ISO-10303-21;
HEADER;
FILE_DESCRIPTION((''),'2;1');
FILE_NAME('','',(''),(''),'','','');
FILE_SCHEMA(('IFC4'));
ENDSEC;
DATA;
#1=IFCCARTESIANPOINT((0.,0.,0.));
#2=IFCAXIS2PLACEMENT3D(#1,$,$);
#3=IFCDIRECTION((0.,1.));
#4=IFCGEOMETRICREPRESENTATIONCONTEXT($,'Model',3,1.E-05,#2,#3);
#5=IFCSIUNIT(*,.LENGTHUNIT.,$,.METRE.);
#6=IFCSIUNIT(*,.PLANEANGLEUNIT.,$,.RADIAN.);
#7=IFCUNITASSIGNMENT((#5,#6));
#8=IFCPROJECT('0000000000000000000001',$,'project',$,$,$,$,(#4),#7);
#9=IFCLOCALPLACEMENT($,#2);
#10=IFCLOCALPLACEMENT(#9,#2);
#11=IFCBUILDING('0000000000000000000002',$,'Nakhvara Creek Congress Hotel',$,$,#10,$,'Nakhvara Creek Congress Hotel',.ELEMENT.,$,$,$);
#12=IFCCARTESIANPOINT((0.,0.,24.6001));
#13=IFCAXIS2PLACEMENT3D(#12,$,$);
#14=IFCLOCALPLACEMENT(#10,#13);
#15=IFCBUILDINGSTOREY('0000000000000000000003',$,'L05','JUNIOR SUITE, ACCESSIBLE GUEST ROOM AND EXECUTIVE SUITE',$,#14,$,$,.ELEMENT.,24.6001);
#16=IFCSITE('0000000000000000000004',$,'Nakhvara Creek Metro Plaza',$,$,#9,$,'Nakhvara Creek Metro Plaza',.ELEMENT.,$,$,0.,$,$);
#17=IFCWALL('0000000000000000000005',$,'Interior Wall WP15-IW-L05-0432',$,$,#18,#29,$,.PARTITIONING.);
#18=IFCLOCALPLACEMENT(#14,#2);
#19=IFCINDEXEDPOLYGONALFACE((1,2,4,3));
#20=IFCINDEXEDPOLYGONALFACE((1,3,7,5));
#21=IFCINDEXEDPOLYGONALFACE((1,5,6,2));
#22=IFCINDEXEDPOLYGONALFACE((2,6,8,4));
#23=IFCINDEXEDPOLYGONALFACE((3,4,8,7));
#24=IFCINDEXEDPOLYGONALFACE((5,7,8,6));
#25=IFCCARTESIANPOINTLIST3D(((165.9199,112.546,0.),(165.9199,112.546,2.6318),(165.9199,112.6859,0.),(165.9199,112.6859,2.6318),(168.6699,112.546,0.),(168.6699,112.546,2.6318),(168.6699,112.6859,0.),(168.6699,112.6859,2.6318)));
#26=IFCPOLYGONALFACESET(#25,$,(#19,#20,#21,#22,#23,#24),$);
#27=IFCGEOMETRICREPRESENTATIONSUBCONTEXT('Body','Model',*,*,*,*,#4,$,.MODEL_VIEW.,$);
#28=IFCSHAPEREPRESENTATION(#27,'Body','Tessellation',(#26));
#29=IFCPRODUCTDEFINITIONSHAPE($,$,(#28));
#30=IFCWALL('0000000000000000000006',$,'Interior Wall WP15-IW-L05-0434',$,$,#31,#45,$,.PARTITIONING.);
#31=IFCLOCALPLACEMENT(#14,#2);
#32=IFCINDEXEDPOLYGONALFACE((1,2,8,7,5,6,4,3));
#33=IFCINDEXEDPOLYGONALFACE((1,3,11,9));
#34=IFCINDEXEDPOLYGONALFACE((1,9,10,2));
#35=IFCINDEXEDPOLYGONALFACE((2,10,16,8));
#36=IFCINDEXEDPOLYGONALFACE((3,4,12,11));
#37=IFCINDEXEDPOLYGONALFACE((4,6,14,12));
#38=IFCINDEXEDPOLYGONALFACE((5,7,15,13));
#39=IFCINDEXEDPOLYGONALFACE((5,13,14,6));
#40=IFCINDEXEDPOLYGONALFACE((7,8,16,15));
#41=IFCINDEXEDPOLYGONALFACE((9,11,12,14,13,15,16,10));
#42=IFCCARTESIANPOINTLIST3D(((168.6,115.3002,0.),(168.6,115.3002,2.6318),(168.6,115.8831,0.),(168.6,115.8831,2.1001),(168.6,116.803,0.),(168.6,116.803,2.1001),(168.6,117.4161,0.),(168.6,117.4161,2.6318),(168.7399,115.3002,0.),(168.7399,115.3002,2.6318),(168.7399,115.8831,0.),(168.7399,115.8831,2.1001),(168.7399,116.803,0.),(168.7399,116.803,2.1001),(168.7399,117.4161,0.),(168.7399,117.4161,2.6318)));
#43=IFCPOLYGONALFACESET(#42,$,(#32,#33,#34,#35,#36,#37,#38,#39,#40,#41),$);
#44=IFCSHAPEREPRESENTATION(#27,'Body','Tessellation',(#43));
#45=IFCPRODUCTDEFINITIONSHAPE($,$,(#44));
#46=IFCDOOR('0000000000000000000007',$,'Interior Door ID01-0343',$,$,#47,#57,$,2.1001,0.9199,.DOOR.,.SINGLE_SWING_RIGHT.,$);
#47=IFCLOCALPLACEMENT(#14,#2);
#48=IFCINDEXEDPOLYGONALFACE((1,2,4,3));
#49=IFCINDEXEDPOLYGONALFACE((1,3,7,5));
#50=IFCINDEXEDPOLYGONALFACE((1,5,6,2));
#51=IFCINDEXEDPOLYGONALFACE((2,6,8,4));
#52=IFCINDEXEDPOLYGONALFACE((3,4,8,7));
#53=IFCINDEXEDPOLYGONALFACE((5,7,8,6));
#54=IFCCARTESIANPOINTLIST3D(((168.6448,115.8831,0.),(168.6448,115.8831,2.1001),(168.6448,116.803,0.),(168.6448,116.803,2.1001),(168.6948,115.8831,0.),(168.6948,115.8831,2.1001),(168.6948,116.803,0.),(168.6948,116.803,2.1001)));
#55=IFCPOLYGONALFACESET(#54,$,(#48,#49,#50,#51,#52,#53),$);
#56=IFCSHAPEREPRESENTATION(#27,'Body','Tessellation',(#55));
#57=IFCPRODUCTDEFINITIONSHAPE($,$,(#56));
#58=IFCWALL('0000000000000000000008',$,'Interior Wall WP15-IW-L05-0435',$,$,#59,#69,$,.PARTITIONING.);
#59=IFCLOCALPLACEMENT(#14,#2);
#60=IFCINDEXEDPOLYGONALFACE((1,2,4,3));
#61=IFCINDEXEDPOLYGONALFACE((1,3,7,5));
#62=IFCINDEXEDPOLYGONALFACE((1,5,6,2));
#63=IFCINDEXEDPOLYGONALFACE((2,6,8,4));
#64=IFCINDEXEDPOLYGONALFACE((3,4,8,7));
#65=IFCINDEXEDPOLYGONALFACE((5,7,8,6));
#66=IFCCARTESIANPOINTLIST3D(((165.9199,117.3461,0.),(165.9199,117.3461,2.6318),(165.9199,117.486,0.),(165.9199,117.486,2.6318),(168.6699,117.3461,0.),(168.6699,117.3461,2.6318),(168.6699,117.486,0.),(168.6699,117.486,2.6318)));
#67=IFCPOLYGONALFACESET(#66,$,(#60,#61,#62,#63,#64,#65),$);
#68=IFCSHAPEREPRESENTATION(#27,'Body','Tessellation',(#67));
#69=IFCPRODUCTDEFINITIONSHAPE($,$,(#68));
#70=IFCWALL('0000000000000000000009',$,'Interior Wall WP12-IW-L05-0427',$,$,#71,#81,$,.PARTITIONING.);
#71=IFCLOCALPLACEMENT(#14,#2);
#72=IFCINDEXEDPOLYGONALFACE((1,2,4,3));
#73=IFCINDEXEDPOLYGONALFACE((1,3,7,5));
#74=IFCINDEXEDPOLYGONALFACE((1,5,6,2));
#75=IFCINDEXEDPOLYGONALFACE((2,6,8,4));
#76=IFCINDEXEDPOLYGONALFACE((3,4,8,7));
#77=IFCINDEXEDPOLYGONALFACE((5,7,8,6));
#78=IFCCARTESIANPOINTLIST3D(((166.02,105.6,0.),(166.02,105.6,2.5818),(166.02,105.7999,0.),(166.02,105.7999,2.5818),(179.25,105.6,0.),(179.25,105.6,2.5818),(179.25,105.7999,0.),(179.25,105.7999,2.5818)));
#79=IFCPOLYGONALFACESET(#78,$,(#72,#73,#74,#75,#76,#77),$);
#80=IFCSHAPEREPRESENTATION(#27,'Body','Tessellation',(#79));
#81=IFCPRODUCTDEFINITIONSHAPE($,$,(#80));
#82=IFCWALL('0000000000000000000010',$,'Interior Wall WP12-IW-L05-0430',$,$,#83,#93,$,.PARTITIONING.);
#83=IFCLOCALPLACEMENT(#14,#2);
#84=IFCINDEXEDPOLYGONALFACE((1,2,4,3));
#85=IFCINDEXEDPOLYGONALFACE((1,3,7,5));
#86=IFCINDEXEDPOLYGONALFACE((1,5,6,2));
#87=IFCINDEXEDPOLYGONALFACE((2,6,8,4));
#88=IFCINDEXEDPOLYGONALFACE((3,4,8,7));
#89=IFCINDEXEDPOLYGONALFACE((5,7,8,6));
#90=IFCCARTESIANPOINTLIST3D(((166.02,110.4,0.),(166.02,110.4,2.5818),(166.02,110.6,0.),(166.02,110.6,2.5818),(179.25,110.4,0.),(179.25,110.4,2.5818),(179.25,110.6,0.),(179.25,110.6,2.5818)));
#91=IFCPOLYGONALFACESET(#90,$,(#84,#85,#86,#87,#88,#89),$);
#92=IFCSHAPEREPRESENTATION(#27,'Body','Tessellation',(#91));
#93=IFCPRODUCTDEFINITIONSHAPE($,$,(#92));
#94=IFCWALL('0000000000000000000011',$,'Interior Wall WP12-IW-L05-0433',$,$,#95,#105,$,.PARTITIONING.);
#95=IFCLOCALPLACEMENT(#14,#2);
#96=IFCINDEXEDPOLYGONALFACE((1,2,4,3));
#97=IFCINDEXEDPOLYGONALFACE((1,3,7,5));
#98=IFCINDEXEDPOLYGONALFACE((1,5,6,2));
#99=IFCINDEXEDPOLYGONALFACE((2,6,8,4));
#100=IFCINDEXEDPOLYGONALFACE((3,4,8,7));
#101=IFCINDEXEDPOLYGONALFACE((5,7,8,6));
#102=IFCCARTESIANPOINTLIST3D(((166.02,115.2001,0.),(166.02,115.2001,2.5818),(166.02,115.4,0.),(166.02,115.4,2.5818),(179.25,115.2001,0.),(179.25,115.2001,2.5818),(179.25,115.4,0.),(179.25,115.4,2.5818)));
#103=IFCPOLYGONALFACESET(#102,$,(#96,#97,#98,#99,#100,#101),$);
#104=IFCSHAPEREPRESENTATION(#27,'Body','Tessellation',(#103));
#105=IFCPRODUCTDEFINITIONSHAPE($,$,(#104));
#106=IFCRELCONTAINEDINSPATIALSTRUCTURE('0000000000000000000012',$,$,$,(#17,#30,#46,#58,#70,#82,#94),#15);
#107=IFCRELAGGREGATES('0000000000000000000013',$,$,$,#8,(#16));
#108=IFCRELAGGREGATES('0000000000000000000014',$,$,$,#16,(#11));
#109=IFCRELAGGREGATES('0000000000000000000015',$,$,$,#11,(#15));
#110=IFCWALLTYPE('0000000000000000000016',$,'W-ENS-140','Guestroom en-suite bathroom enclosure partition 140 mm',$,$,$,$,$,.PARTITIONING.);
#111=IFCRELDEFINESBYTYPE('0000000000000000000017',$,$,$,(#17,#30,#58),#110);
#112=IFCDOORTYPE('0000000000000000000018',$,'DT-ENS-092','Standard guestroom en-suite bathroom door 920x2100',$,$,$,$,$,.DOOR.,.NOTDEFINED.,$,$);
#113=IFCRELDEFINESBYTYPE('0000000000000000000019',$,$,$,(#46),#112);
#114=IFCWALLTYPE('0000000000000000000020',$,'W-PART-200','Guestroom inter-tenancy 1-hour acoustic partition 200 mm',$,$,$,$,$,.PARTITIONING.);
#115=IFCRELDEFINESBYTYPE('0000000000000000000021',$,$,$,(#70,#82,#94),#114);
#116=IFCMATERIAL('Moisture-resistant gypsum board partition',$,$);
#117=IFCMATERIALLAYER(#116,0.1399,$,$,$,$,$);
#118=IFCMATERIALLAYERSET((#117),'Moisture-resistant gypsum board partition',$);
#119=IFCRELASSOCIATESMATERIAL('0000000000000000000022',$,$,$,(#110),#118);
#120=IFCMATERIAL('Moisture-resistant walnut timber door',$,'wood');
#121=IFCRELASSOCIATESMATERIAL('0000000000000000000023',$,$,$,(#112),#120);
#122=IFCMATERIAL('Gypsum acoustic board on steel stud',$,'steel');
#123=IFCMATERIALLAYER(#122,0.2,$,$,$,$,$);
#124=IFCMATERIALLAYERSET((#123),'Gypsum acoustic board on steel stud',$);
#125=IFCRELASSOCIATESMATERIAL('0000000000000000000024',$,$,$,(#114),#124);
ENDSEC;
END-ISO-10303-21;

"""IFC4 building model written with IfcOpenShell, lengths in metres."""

from ifc_helpers import new_model, si_unit, direction, frame, frame_2d, origin, place, context, subcontext, project, spatial, rectangle, extrude, material, layer, layer_set, type_object, element, fill, save


model = new_model("IFC4")

# Units and contexts
model_context = context("Model", 3, precision=1e-05, world=origin(), true_north=direction((0.0, 1.0)))
body_context = subcontext(model_context, "Body", "Model", "MODEL_VIEW")
ifc_project = project(units=[si_unit("LENGTHUNIT", "METRE"), si_unit("PLANEANGLEUNIT", "RADIAN")], contexts=[model_context])

# Site, building, storey
site_placement = place(None, origin())
site = spatial("IfcSite", under=ifc_project, at=site_placement, Name="Nakhvara Creek Metro Plaza", LongName="Nakhvara Creek Metro Plaza", CompositionType="ELEMENT", RefElevation=0.0)
building_placement = place(site_placement, origin())
building = spatial("IfcBuilding", under=site, at=building_placement, Name="Nakhvara Creek Congress Hotel", LongName="Nakhvara Creek Congress Hotel", CompositionType="ELEMENT")
storey_placement = place(building_placement, frame((0.0, 0.0, 24.6001)))
storey = spatial("IfcBuildingStorey", under=building, at=storey_placement, Name="L05", Description="JUNIOR SUITE, ACCESSIBLE GUEST ROOM AND EXECUTIVE SUITE", CompositionType="ELEMENT", Elevation=24.6001)

# Shared definitions
ifc_material_1 = material(Name="Moisture-resistant gypsum board partition")
ifc_layer_1 = layer(ifc_material_1, 0.1399)
ifc_layer_set_1 = layer_set([ifc_layer_1], Name="Moisture-resistant gypsum board partition")
wall_type_1 = type_object("IfcWallType", Name="W-ENS-140", Description="Guestroom en-suite bathroom enclosure partition 140 mm", PredefinedType="PARTITIONING", material=ifc_layer_set_1)
ifc_material_2 = material(Name="Moisture-resistant walnut timber door", Category="wood")

# Wall
wall_1_placement = place(storey_placement, frame((165.9199, 112.616, 0.0), z_axis=(0.0, 0.0, 1.0), x_axis=(1.0, 0.0, 0.0)))
element("IfcWall", 1, at=wall_1_placement, inside=storey, type_object=wall_type_1, Name="Interior Wall WP15-IW-L05-0432", PredefinedType="PARTITIONING", context=body_context, shape_type="SweptSolid", body=[
    extrude(rectangle(XDim=2.75, YDim=0.1399, at=frame_2d((1.375, 0.0))), origin(), (0.0, 0.0, 1.0), 2.6318),
])

# Wall, opening, door
wall_2_placement = place(storey_placement, frame((168.6699, 115.3, 0.0), z_axis=(0.0, 0.0, 1.0), x_axis=(0.0, 1.0, 0.0)))
wall_2 = element("IfcWall", 2, at=wall_2_placement, inside=storey, type_object=wall_type_1, Name="Interior Wall WP15-IW-L05-0434", PredefinedType="PARTITIONING", context=body_context, shape_type="SweptSolid", body=[
    extrude(rectangle(XDim=2.116, YDim=0.1399, at=frame_2d((1.0581, 0.0))), origin(), (0.0, 0.0, 1.0), 2.6318),
])
opening_1_placement = place(wall_2_placement, frame((0.583, 0.0, 0.0)))
opening_1 = element("IfcOpeningElement", 3, at=opening_1_placement, cuts=wall_2, PredefinedType="OPENING", context=body_context, shape_type="SweptSolid", body=[
    extrude(rectangle(XDim=0.9199, YDim=2.1001, at=frame_2d((0.46, 1.05))), frame((0.0, 0.082, 0.0), z_axis=(0.0, -1.0, 0.0), x_axis=(1.0, 0.0, 0.0)), (0.0, 0.0, 1.0), 0.1638),
])
door_type_1 = type_object("IfcDoorType", Name="DT-ENS-092", Description="Standard guestroom en-suite bathroom door 920x2100", OperationType="NOTDEFINED", PredefinedType="DOOR", material=ifc_material_2)
door_1_placement = place(opening_1_placement, frame((0.9199, 0.0, 0.0), z_axis=(0.0, 0.0, 1.0), x_axis=(-1.0, 0.0, 0.0)))
door_1 = element("IfcDoor", 4, at=door_1_placement, inside=storey, type_object=door_type_1, Name="Interior Door ID01-0343", OperationType="SINGLE_SWING_RIGHT", OverallHeight=2.1001, OverallWidth=0.9199, PredefinedType="DOOR", context=body_context, shape_type="SweptSolid", body=[
    extrude(rectangle(XDim=0.9199, YDim=2.1001, at=frame_2d((0.46, 1.05))), frame((0.0, 0.0249, 0.0), z_axis=(0.0, -1.0, 0.0), x_axis=(1.0, 0.0, 0.0)), (0.0, 0.0, 1.0), 0.05),
])
fill(opening_1, door_1)

# Walls
wall_3_placement = place(storey_placement, frame((165.9199, 117.416, 0.0), z_axis=(0.0, 0.0, 1.0), x_axis=(1.0, 0.0, 0.0)))
element("IfcWall", 5, at=wall_3_placement, inside=storey, type_object=wall_type_1, Name="Interior Wall WP15-IW-L05-0435", PredefinedType="PARTITIONING", context=body_context, shape_type="SweptSolid", body=[
    extrude(rectangle(XDim=2.75, YDim=0.1399, at=frame_2d((1.375, 0.0))), origin(), (0.0, 0.0, 1.0), 2.6318),
])
ifc_material_3 = material(Name="Gypsum acoustic board on steel stud", Category="steel")
ifc_layer_2 = layer(ifc_material_3, 0.2)
ifc_layer_set_2 = layer_set([ifc_layer_2], Name="Gypsum acoustic board on steel stud")
wall_type_2 = type_object("IfcWallType", Name="W-PART-200", Description="Guestroom inter-tenancy 1-hour acoustic partition 200 mm", PredefinedType="PARTITIONING", material=ifc_layer_set_2)
for number, where, z_axis, x_axis, name in (
    (6, (166.02, 105.7, 0.0), (0.0, 0.0, 1.0), (1.0, 0.0, 0.0), "Interior Wall WP12-IW-L05-0427"),
    (7, (166.02, 110.5, 0.0), (0.0, 0.0, 1.0), (1.0, 0.0, 0.0), "Interior Wall WP12-IW-L05-0430"),
    (8, (166.02, 115.3, 0.0), (0.0, 0.0, 1.0), (1.0, 0.0, 0.0), "Interior Wall WP12-IW-L05-0433"),
):
    element("IfcWall", number, at=place(storey_placement, frame(where, z_axis=z_axis, x_axis=x_axis)), inside=storey, type_object=wall_type_2, Name=name, PredefinedType="PARTITIONING", context=body_context, shape_type="SweptSolid", body=[
        extrude(rectangle(XDim=13.23, YDim=0.2, at=frame_2d((6.615, 0.0))), origin(), (0.0, 0.0, 1.0), 2.5818),
    ])

save(model, "model.ifc")
